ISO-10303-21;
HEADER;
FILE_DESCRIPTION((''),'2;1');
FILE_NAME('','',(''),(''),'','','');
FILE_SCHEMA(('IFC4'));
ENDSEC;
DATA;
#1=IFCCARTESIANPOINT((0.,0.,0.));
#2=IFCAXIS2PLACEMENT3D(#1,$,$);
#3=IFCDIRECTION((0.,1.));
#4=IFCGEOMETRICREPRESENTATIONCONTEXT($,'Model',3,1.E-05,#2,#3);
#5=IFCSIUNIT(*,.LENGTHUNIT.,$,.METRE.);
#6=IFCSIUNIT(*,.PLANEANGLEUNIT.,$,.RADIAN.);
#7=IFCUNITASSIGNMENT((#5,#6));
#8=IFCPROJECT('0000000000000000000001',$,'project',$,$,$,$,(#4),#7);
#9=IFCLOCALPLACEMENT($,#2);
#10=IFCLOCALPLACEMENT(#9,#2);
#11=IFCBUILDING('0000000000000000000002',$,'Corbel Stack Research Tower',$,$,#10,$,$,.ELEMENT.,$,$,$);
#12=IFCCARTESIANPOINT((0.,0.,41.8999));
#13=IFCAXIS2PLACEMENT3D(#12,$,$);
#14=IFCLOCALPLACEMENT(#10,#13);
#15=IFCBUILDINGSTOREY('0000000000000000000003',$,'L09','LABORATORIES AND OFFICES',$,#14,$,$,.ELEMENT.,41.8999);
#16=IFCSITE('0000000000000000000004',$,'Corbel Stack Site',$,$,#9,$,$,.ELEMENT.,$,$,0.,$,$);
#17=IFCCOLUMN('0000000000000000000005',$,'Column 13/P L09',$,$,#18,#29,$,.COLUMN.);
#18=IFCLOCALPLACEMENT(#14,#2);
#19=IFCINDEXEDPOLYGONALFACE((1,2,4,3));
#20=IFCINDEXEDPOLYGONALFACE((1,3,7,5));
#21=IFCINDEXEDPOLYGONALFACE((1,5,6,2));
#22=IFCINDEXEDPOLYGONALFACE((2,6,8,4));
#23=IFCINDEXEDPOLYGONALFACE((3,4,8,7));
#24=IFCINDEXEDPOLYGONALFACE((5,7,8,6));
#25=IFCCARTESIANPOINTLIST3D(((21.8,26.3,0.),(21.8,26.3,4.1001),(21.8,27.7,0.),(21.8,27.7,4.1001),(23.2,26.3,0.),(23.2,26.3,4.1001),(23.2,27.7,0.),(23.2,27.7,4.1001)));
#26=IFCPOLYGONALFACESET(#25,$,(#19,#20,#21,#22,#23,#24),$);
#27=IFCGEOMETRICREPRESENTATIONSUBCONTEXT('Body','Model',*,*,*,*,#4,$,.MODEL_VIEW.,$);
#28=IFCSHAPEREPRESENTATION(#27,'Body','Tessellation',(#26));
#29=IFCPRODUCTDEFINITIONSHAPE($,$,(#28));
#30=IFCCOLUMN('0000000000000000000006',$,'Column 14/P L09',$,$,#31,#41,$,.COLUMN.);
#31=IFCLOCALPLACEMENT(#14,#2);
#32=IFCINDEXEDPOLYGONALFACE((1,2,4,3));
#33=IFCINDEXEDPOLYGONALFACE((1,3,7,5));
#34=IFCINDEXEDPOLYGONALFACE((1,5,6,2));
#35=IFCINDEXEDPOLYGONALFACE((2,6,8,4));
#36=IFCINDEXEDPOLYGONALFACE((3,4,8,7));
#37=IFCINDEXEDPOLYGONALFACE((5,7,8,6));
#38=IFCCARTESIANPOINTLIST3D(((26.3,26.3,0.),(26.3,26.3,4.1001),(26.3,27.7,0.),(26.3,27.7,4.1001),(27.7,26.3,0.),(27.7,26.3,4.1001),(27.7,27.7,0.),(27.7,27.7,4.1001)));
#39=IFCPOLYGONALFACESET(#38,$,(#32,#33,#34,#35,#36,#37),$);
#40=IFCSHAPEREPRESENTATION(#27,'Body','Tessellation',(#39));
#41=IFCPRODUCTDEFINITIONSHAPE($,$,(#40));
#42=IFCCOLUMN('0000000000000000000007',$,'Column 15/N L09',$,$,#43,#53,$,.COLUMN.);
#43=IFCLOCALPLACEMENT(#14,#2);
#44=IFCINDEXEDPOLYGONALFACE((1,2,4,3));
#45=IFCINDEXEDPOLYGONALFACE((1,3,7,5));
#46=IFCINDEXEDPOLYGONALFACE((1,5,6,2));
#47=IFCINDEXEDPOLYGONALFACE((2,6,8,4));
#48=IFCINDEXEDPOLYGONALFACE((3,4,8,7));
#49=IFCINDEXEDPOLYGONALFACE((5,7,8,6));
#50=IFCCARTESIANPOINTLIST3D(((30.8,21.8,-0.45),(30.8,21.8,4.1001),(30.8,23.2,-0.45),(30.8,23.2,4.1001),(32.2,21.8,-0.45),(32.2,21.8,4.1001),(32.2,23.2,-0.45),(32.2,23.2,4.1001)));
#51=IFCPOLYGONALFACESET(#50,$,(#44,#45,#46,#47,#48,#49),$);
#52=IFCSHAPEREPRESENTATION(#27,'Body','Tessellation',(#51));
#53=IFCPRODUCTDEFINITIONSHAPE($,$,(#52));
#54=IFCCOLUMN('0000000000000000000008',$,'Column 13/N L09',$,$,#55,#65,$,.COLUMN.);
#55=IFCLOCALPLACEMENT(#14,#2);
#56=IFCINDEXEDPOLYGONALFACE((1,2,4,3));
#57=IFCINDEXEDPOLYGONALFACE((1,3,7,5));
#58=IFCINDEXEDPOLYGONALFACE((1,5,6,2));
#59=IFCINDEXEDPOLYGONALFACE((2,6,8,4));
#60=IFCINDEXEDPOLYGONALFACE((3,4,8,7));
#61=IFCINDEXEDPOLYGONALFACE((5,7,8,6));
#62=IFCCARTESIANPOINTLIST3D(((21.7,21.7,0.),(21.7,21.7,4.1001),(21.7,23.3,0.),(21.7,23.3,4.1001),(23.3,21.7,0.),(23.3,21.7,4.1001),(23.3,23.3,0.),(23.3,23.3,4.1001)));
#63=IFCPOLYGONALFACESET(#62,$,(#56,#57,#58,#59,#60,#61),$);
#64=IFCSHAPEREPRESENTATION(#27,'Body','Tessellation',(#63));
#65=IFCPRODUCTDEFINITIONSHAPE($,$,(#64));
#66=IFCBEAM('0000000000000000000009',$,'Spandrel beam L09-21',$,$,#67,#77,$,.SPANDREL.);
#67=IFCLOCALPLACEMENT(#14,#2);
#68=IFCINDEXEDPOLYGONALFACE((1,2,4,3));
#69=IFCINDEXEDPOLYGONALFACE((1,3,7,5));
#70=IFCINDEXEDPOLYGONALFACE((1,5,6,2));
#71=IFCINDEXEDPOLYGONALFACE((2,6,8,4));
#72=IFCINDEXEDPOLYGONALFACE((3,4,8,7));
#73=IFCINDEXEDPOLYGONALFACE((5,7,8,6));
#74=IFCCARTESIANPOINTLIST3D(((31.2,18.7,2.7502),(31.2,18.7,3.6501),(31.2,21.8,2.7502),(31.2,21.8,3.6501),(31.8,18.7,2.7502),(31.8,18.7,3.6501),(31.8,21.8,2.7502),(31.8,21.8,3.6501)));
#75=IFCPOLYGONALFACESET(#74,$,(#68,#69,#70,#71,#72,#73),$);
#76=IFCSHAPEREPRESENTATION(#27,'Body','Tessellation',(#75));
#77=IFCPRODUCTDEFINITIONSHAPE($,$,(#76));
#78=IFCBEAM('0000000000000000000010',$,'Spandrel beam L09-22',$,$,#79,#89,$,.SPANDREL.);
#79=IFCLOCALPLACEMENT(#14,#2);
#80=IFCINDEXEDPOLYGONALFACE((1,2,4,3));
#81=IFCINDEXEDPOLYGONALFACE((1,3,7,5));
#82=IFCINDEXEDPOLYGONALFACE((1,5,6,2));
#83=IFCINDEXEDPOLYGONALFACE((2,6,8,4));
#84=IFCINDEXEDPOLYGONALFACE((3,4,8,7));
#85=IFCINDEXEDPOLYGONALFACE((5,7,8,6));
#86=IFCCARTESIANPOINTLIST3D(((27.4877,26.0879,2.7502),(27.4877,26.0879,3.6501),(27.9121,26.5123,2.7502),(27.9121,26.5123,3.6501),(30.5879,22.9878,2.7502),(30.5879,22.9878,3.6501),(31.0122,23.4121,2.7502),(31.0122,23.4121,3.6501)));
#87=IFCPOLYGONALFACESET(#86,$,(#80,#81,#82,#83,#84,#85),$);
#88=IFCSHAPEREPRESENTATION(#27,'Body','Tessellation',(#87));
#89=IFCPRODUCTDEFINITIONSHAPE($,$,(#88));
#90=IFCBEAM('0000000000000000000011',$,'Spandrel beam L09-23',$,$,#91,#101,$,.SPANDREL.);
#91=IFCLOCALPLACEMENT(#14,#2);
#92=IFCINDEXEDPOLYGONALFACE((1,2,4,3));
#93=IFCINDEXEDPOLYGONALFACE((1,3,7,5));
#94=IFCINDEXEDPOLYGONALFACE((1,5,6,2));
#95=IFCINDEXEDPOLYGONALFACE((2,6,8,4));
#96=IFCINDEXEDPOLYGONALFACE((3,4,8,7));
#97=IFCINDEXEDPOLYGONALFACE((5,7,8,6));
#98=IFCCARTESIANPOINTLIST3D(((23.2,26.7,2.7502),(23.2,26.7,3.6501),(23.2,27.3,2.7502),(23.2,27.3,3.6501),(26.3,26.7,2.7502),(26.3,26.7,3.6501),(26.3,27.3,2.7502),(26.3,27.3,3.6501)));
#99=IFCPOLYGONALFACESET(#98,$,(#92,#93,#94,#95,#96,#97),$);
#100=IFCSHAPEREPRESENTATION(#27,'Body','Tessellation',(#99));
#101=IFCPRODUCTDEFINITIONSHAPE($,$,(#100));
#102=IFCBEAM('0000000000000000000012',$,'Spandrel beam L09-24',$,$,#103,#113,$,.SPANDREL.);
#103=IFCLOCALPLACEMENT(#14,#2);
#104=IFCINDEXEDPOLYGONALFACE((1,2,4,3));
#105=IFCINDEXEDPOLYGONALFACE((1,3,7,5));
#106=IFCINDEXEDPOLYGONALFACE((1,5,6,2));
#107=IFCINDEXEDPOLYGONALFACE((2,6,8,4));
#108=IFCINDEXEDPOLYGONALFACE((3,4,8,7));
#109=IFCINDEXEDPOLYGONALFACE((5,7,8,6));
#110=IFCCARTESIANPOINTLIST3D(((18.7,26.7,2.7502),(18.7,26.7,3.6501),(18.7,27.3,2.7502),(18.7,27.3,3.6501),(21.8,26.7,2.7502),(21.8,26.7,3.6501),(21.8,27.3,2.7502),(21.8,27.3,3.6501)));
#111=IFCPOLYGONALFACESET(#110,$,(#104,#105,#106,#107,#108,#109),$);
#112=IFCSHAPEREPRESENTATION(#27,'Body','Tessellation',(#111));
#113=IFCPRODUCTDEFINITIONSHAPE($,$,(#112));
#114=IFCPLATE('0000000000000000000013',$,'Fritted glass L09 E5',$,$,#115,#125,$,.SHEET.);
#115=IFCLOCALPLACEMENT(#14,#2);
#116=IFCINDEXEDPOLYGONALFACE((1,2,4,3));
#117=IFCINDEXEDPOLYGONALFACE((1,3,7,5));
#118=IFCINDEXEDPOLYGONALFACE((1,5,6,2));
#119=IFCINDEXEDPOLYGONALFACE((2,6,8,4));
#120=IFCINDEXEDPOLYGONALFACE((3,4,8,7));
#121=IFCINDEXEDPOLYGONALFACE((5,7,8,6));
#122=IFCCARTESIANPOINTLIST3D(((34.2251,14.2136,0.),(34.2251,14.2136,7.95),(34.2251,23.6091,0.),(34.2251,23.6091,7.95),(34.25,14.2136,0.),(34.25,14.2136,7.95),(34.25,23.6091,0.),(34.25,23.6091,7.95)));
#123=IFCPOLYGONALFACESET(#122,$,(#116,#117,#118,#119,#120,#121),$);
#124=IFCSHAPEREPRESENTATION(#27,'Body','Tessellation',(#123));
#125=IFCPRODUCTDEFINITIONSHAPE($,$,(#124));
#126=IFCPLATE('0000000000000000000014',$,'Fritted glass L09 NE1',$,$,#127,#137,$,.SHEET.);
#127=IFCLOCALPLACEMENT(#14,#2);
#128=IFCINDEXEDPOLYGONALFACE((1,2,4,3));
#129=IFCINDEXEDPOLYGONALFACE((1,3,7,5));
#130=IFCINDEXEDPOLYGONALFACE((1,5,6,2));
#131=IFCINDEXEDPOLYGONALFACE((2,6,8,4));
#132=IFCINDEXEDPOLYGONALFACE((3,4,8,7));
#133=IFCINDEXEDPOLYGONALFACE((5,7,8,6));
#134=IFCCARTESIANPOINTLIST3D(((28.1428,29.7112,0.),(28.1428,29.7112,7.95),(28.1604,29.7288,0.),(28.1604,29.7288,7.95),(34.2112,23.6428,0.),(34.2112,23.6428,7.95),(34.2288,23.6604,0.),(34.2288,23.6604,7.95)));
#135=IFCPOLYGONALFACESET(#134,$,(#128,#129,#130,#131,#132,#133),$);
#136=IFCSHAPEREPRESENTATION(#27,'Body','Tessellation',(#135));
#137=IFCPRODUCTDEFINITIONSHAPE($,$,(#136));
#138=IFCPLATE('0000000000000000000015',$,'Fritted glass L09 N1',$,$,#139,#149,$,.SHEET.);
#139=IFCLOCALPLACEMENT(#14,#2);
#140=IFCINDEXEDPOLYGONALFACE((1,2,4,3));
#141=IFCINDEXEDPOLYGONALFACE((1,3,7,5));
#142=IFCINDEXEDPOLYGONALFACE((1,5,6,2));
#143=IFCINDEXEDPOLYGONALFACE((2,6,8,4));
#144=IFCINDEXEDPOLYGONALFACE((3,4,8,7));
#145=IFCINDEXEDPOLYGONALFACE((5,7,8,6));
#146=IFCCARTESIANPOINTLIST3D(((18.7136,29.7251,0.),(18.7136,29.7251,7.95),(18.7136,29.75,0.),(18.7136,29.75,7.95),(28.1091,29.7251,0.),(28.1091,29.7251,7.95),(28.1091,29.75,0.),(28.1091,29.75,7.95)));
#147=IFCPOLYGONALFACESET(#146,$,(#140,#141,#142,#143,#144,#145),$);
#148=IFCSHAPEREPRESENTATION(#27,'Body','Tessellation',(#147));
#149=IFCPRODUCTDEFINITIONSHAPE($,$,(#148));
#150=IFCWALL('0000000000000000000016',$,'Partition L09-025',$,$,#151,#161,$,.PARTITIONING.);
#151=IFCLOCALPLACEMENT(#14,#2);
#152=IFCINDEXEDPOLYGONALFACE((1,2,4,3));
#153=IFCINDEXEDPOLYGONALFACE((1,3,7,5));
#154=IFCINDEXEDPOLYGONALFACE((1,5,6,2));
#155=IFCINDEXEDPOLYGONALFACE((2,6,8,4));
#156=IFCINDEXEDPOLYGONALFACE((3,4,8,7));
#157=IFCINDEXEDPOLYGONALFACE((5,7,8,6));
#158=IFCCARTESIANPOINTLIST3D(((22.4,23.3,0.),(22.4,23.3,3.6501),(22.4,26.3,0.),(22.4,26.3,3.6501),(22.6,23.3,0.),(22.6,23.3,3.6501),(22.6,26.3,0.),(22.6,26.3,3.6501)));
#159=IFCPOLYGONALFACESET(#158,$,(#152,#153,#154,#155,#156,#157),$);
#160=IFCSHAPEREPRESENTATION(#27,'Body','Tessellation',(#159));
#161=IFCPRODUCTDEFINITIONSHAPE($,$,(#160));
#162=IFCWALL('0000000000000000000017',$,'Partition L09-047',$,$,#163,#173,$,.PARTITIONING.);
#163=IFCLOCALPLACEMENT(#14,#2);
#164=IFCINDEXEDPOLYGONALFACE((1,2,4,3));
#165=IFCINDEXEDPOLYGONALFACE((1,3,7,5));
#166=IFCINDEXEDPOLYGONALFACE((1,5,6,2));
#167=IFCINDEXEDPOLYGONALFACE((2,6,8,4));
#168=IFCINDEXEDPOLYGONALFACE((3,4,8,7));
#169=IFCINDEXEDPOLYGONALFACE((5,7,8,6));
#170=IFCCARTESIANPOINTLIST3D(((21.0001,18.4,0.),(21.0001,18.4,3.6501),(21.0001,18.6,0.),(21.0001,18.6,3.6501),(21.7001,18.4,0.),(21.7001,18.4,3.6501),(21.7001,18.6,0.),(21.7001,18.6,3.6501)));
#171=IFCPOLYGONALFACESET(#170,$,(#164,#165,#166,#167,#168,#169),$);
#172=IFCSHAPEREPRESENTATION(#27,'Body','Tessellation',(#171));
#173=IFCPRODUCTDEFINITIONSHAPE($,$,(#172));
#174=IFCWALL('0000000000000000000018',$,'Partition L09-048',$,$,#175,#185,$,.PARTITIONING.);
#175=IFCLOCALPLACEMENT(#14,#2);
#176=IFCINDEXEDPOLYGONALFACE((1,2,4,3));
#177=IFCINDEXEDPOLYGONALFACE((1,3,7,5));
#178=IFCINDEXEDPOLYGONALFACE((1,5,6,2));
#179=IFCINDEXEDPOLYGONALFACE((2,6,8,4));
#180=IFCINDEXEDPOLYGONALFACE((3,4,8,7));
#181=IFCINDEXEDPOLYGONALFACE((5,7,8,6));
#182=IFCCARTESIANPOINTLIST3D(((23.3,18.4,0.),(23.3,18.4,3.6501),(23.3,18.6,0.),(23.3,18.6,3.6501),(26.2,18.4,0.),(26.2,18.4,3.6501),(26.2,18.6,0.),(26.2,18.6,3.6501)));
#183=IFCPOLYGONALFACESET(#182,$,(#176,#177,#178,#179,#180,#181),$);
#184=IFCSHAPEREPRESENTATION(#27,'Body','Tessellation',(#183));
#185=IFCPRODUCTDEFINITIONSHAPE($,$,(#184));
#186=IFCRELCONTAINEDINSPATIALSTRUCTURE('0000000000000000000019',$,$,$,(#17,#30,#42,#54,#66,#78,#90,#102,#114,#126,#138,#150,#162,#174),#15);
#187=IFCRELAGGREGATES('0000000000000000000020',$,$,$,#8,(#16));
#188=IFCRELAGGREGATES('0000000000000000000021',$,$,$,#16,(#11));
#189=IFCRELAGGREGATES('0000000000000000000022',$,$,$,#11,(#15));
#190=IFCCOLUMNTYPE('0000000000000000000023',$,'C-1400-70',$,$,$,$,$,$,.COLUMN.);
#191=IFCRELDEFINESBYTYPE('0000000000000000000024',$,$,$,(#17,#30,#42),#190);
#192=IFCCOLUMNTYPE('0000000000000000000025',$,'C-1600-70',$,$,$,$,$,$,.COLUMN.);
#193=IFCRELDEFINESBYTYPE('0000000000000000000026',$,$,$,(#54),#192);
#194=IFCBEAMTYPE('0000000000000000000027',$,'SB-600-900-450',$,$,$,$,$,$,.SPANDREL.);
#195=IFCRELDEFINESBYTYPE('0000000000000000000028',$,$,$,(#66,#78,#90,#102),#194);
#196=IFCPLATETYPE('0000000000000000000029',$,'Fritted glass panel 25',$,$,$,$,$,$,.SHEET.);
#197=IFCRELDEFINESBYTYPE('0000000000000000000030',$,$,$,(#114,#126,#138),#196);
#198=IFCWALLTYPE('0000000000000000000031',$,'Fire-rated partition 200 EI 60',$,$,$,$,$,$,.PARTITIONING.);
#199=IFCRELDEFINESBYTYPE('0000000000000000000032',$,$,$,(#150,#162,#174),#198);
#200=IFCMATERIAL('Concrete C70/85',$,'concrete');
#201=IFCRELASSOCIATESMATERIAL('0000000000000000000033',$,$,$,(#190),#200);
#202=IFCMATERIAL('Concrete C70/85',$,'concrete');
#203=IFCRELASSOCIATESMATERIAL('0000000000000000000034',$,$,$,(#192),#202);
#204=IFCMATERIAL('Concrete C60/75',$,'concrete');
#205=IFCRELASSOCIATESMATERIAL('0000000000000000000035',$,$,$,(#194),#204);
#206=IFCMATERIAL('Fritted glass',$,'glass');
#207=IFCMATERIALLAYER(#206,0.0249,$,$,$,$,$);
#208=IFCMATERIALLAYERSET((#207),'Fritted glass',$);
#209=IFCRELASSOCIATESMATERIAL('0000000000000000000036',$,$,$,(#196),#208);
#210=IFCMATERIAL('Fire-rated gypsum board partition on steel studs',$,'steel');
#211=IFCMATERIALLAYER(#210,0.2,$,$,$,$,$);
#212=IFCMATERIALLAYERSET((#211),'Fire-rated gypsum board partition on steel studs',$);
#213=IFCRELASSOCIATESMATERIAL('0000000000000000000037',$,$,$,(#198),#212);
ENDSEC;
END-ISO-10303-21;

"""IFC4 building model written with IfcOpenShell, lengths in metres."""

from ifc_helpers import new_model, si_unit, direction, frame, frame_2d, origin, origin_2d, place, context, subcontext, project, spatial, rectangle, extrude, material, layer, layer_set, material_profile, profile_set, type_object, element, save


model = new_model("IFC4")

# Units and contexts
model_context = context("Model", 3, precision=1e-05, world=origin(), true_north=direction((0.0, 1.0)))
body_context = subcontext(model_context, "Body", "Model", "MODEL_VIEW")
ifc_project = project(units=[si_unit("LENGTHUNIT", "METRE"), si_unit("PLANEANGLEUNIT", "RADIAN")], contexts=[model_context])

# Site, building, storey
site_placement = place(None, origin())
site = spatial("IfcSite", under=ifc_project, at=site_placement, Name="Corbel Stack Site", CompositionType="ELEMENT", RefElevation=0.0)
building_placement = place(site_placement, origin())
building = spatial("IfcBuilding", under=site, at=building_placement, Name="Corbel Stack Research Tower", CompositionType="ELEMENT")
storey_placement = place(building_placement, frame((0.0, 0.0, 41.8999)))
storey = spatial("IfcBuildingStorey", under=building, at=storey_placement, Name="L09", Description="LABORATORIES AND OFFICES", CompositionType="ELEMENT", Elevation=41.8999)

# Columns
ifc_material_1 = material(Name="Concrete C70/85", Category="concrete")
ifc_material_profile_1 = material_profile(ifc_material_1, rectangle(XDim=1.3999, YDim=1.3999, at=origin_2d()), Name="RC 1400 x 1400")
ifc_profile_set_1 = profile_set([ifc_material_profile_1], Name="Concrete C70/85")
column_type_1 = type_object("IfcColumnType", Name="C-1400-70", PredefinedType="COLUMN", material=ifc_profile_set_1)
for number, where, z_axis, x_axis, name in (
    (1, (22.5, 27.0, 0.0), (0.0, 0.0, 1.0), (1.0, 0.0, 0.0), "Column 13/P L09"),
    (2, (27.0, 27.0, 0.0), (0.0, 0.0, 1.0), (1.0, 0.0, 0.0), "Column 14/P L09"),
):
    element("IfcColumn", number, at=place(storey_placement, frame(where, z_axis=z_axis, x_axis=x_axis)), inside=storey, type_object=column_type_1, Name=name, PredefinedType="COLUMN", context=body_context, shape_type="SweptSolid", body=[
        extrude(rectangle(XDim=1.3999, YDim=1.3999, at=origin_2d()), origin(), (0.0, 0.0, 1.0), 4.1001),
    ])
column_1_placement = place(storey_placement, frame((31.5, 22.5, -0.45), z_axis=(0.0, 0.0, 1.0), x_axis=(1.0, 0.0, 0.0)))
element("IfcColumn", 3, at=column_1_placement, inside=storey, type_object=column_type_1, Name="Column 15/N L09", PredefinedType="COLUMN", context=body_context, shape_type="SweptSolid", body=[
    extrude(rectangle(XDim=1.3999, YDim=1.3999, at=origin_2d()), origin(), (0.0, 0.0, 1.0), 4.55),
])
ifc_material_2 = material(Name="Concrete C70/85", Category="concrete")
ifc_material_profile_2 = material_profile(ifc_material_2, rectangle(XDim=1.6001, YDim=1.6001, at=origin_2d()), Name="RC 1600 x 1600")
ifc_profile_set_2 = profile_set([ifc_material_profile_2], Name="Concrete C70/85")
column_type_2 = type_object("IfcColumnType", Name="C-1600-70", PredefinedType="COLUMN", material=ifc_profile_set_2)
column_2_placement = place(storey_placement, frame((22.5, 22.5, 0.0), z_axis=(0.0, 0.0, 1.0), x_axis=(1.0, 0.0, 0.0)))
element("IfcColumn", 4, at=column_2_placement, inside=storey, type_object=column_type_2, Name="Column 13/N L09", PredefinedType="COLUMN", context=body_context, shape_type="SweptSolid", body=[
    extrude(rectangle(XDim=1.6001, YDim=1.6001, at=origin_2d()), origin(), (0.0, 0.0, 1.0), 4.1001),
])

# Beams
ifc_material_3 = material(Name="Concrete C60/75", Category="concrete")
ifc_material_profile_3 = material_profile(ifc_material_3, rectangle(XDim=0.6001, YDim=0.8999, at=origin_2d()), Name="RC 600 x 900")
ifc_profile_set_3 = profile_set([ifc_material_profile_3], Name="Concrete C60/75")
beam_type = type_object("IfcBeamType", Name="SB-600-900-450", PredefinedType="SPANDREL", material=ifc_profile_set_3)
beam_1_placement = place(storey_placement, frame((31.5, 18.7, 3.2002), z_axis=(0.0, 1.0, 0.0), x_axis=(-1.0, 0.0, 0.0)))
element("IfcBeam", 5, at=beam_1_placement, inside=storey, type_object=beam_type, Name="Spandrel beam L09-21", PredefinedType="SPANDREL", context=body_context, shape_type="SweptSolid", body=[
    extrude(rectangle(XDim=0.6001, YDim=0.8999, at=origin_2d()), origin(), (0.0, 0.0, 1.0), 3.1001),
])
beam_2_placement = place(storey_placement, frame((30.8, 23.2, 3.2002), z_axis=(-0.707107, 0.707107, 0.0), x_axis=(-0.707107, -0.707107, 0.0)))
element("IfcBeam", 6, at=beam_2_placement, inside=storey, type_object=beam_type, Name="Spandrel beam L09-22", PredefinedType="SPANDREL", context=body_context, shape_type="SweptSolid", body=[
    extrude(rectangle(XDim=0.6001, YDim=0.8999, at=origin_2d()), origin(), (0.0, 0.0, 1.0), 4.3843),
])
for number, where, z_axis, x_axis, name in (
    (7, (26.3, 27.0, 3.2002), (-1.0, 0.0, 0.0), (0.0, -1.0, 0.0), "Spandrel beam L09-23"),
    (8, (21.8, 27.0, 3.2002), (-1.0, 0.0, 0.0), (0.0, -1.0, 0.0), "Spandrel beam L09-24"),
):
    element("IfcBeam", number, at=place(storey_placement, frame(where, z_axis=z_axis, x_axis=x_axis)), inside=storey, type_object=beam_type, Name=name, PredefinedType="SPANDREL", context=body_context, shape_type="SweptSolid", body=[
        extrude(rectangle(XDim=0.6001, YDim=0.8999, at=origin_2d()), origin(), (0.0, 0.0, 1.0), 3.1001),
    ])

# Plates
ifc_material_4 = material(Name="Fritted glass", Category="glass")
ifc_layer_1 = layer(ifc_material_4, 0.0249)
ifc_layer_set_1 = layer_set([ifc_layer_1], Name="Fritted glass")
plate_type = type_object("IfcPlateType", Name="Fritted glass panel 25", PredefinedType="SHEET", material=ifc_layer_set_1)
plate_1_placement = place(storey_placement, frame((34.2375, 18.9114, 0.0), z_axis=(0.0, 0.0, 1.0), x_axis=(0.0, 1.0, 0.0)))
element("IfcPlate", 9, at=plate_1_placement, inside=storey, type_object=plate_type, Name="Fritted glass L09 E5", PredefinedType="SHEET", context=body_context, shape_type="SweptSolid", body=[
    extrude(rectangle(XDim=9.3955, YDim=0.0249, at=origin_2d()), origin(), (0.0, 0.0, 1.0), 7.95),
])
plate_2_placement = place(storey_placement, frame((31.1858, 26.6858, 0.0), z_axis=(0.0, 0.0, 1.0), x_axis=(-0.707107, 0.707107, 0.0)))
element("IfcPlate", 10, at=plate_2_placement, inside=storey, type_object=plate_type, Name="Fritted glass L09 NE1", PredefinedType="SHEET", context=body_context, shape_type="SweptSolid", body=[
    extrude(rectangle(XDim=8.582, YDim=0.0249, at=origin_2d()), origin(), (0.0, 0.0, 1.0), 7.95),
])
plate_3_placement = place(storey_placement, frame((23.4114, 29.7375, 0.0), z_axis=(0.0, 0.0, 1.0), x_axis=(-1.0, 0.0, 0.0)))
element("IfcPlate", 11, at=plate_3_placement, inside=storey, type_object=plate_type, Name="Fritted glass L09 N1", PredefinedType="SHEET", context=body_context, shape_type="SweptSolid", body=[
    extrude(rectangle(XDim=9.3955, YDim=0.0249, at=origin_2d()), origin(), (0.0, 0.0, 1.0), 7.95),
])

# Walls
ifc_material_5 = material(Name="Fire-rated gypsum board partition on steel studs", Category="steel")
ifc_layer_2 = layer(ifc_material_5, 0.2)
ifc_layer_set_2 = layer_set([ifc_layer_2], Name="Fire-rated gypsum board partition on steel studs")
wall_type_1 = type_object("IfcWallType", Name="Fire-rated partition 200 EI 60", PredefinedType="PARTITIONING", material=ifc_layer_set_2)
wall_1_placement = place(storey_placement, frame((22.5, 23.3, 0.0), z_axis=(0.0, 0.0, 1.0), x_axis=(0.0, 1.0, 0.0)))
element("IfcWall", 12, at=wall_1_placement, inside=storey, type_object=wall_type_1, Name="Partition L09-025", PredefinedType="PARTITIONING", context=body_context, shape_type="SweptSolid", body=[
    extrude(rectangle(XDim=3.0, YDim=0.2, at=frame_2d((1.5, 0.0))), origin(), (0.0, 0.0, 1.0), 3.6501),
])
wall_2_placement = place(storey_placement, frame((21.0, 18.5, 0.0), z_axis=(0.0, 0.0, 1.0), x_axis=(1.0, 0.0, 0.0)))
element("IfcWall", 13, at=wall_2_placement, inside=storey, type_object=wall_type_1, Name="Partition L09-047", PredefinedType="PARTITIONING", context=body_context, shape_type="SweptSolid", body=[
    extrude(rectangle(XDim=0.7, YDim=0.2, at=frame_2d((0.3501, 0.0))), origin(), (0.0, 0.0, 1.0), 3.6501),
])
wall_3_placement = place(storey_placement, frame((23.3, 18.5, 0.0), z_axis=(0.0, 0.0, 1.0), x_axis=(1.0, 0.0, 0.0)))
element("IfcWall", 14, at=wall_3_placement, inside=storey, type_object=wall_type_1, Name="Partition L09-048", PredefinedType="PARTITIONING", context=body_context, shape_type="SweptSolid", body=[
    extrude(rectangle(XDim=2.8999, YDim=0.2, at=frame_2d((1.45, 0.0))), origin(), (0.0, 0.0, 1.0), 3.6501),
])

save(model, "model.ifc")
